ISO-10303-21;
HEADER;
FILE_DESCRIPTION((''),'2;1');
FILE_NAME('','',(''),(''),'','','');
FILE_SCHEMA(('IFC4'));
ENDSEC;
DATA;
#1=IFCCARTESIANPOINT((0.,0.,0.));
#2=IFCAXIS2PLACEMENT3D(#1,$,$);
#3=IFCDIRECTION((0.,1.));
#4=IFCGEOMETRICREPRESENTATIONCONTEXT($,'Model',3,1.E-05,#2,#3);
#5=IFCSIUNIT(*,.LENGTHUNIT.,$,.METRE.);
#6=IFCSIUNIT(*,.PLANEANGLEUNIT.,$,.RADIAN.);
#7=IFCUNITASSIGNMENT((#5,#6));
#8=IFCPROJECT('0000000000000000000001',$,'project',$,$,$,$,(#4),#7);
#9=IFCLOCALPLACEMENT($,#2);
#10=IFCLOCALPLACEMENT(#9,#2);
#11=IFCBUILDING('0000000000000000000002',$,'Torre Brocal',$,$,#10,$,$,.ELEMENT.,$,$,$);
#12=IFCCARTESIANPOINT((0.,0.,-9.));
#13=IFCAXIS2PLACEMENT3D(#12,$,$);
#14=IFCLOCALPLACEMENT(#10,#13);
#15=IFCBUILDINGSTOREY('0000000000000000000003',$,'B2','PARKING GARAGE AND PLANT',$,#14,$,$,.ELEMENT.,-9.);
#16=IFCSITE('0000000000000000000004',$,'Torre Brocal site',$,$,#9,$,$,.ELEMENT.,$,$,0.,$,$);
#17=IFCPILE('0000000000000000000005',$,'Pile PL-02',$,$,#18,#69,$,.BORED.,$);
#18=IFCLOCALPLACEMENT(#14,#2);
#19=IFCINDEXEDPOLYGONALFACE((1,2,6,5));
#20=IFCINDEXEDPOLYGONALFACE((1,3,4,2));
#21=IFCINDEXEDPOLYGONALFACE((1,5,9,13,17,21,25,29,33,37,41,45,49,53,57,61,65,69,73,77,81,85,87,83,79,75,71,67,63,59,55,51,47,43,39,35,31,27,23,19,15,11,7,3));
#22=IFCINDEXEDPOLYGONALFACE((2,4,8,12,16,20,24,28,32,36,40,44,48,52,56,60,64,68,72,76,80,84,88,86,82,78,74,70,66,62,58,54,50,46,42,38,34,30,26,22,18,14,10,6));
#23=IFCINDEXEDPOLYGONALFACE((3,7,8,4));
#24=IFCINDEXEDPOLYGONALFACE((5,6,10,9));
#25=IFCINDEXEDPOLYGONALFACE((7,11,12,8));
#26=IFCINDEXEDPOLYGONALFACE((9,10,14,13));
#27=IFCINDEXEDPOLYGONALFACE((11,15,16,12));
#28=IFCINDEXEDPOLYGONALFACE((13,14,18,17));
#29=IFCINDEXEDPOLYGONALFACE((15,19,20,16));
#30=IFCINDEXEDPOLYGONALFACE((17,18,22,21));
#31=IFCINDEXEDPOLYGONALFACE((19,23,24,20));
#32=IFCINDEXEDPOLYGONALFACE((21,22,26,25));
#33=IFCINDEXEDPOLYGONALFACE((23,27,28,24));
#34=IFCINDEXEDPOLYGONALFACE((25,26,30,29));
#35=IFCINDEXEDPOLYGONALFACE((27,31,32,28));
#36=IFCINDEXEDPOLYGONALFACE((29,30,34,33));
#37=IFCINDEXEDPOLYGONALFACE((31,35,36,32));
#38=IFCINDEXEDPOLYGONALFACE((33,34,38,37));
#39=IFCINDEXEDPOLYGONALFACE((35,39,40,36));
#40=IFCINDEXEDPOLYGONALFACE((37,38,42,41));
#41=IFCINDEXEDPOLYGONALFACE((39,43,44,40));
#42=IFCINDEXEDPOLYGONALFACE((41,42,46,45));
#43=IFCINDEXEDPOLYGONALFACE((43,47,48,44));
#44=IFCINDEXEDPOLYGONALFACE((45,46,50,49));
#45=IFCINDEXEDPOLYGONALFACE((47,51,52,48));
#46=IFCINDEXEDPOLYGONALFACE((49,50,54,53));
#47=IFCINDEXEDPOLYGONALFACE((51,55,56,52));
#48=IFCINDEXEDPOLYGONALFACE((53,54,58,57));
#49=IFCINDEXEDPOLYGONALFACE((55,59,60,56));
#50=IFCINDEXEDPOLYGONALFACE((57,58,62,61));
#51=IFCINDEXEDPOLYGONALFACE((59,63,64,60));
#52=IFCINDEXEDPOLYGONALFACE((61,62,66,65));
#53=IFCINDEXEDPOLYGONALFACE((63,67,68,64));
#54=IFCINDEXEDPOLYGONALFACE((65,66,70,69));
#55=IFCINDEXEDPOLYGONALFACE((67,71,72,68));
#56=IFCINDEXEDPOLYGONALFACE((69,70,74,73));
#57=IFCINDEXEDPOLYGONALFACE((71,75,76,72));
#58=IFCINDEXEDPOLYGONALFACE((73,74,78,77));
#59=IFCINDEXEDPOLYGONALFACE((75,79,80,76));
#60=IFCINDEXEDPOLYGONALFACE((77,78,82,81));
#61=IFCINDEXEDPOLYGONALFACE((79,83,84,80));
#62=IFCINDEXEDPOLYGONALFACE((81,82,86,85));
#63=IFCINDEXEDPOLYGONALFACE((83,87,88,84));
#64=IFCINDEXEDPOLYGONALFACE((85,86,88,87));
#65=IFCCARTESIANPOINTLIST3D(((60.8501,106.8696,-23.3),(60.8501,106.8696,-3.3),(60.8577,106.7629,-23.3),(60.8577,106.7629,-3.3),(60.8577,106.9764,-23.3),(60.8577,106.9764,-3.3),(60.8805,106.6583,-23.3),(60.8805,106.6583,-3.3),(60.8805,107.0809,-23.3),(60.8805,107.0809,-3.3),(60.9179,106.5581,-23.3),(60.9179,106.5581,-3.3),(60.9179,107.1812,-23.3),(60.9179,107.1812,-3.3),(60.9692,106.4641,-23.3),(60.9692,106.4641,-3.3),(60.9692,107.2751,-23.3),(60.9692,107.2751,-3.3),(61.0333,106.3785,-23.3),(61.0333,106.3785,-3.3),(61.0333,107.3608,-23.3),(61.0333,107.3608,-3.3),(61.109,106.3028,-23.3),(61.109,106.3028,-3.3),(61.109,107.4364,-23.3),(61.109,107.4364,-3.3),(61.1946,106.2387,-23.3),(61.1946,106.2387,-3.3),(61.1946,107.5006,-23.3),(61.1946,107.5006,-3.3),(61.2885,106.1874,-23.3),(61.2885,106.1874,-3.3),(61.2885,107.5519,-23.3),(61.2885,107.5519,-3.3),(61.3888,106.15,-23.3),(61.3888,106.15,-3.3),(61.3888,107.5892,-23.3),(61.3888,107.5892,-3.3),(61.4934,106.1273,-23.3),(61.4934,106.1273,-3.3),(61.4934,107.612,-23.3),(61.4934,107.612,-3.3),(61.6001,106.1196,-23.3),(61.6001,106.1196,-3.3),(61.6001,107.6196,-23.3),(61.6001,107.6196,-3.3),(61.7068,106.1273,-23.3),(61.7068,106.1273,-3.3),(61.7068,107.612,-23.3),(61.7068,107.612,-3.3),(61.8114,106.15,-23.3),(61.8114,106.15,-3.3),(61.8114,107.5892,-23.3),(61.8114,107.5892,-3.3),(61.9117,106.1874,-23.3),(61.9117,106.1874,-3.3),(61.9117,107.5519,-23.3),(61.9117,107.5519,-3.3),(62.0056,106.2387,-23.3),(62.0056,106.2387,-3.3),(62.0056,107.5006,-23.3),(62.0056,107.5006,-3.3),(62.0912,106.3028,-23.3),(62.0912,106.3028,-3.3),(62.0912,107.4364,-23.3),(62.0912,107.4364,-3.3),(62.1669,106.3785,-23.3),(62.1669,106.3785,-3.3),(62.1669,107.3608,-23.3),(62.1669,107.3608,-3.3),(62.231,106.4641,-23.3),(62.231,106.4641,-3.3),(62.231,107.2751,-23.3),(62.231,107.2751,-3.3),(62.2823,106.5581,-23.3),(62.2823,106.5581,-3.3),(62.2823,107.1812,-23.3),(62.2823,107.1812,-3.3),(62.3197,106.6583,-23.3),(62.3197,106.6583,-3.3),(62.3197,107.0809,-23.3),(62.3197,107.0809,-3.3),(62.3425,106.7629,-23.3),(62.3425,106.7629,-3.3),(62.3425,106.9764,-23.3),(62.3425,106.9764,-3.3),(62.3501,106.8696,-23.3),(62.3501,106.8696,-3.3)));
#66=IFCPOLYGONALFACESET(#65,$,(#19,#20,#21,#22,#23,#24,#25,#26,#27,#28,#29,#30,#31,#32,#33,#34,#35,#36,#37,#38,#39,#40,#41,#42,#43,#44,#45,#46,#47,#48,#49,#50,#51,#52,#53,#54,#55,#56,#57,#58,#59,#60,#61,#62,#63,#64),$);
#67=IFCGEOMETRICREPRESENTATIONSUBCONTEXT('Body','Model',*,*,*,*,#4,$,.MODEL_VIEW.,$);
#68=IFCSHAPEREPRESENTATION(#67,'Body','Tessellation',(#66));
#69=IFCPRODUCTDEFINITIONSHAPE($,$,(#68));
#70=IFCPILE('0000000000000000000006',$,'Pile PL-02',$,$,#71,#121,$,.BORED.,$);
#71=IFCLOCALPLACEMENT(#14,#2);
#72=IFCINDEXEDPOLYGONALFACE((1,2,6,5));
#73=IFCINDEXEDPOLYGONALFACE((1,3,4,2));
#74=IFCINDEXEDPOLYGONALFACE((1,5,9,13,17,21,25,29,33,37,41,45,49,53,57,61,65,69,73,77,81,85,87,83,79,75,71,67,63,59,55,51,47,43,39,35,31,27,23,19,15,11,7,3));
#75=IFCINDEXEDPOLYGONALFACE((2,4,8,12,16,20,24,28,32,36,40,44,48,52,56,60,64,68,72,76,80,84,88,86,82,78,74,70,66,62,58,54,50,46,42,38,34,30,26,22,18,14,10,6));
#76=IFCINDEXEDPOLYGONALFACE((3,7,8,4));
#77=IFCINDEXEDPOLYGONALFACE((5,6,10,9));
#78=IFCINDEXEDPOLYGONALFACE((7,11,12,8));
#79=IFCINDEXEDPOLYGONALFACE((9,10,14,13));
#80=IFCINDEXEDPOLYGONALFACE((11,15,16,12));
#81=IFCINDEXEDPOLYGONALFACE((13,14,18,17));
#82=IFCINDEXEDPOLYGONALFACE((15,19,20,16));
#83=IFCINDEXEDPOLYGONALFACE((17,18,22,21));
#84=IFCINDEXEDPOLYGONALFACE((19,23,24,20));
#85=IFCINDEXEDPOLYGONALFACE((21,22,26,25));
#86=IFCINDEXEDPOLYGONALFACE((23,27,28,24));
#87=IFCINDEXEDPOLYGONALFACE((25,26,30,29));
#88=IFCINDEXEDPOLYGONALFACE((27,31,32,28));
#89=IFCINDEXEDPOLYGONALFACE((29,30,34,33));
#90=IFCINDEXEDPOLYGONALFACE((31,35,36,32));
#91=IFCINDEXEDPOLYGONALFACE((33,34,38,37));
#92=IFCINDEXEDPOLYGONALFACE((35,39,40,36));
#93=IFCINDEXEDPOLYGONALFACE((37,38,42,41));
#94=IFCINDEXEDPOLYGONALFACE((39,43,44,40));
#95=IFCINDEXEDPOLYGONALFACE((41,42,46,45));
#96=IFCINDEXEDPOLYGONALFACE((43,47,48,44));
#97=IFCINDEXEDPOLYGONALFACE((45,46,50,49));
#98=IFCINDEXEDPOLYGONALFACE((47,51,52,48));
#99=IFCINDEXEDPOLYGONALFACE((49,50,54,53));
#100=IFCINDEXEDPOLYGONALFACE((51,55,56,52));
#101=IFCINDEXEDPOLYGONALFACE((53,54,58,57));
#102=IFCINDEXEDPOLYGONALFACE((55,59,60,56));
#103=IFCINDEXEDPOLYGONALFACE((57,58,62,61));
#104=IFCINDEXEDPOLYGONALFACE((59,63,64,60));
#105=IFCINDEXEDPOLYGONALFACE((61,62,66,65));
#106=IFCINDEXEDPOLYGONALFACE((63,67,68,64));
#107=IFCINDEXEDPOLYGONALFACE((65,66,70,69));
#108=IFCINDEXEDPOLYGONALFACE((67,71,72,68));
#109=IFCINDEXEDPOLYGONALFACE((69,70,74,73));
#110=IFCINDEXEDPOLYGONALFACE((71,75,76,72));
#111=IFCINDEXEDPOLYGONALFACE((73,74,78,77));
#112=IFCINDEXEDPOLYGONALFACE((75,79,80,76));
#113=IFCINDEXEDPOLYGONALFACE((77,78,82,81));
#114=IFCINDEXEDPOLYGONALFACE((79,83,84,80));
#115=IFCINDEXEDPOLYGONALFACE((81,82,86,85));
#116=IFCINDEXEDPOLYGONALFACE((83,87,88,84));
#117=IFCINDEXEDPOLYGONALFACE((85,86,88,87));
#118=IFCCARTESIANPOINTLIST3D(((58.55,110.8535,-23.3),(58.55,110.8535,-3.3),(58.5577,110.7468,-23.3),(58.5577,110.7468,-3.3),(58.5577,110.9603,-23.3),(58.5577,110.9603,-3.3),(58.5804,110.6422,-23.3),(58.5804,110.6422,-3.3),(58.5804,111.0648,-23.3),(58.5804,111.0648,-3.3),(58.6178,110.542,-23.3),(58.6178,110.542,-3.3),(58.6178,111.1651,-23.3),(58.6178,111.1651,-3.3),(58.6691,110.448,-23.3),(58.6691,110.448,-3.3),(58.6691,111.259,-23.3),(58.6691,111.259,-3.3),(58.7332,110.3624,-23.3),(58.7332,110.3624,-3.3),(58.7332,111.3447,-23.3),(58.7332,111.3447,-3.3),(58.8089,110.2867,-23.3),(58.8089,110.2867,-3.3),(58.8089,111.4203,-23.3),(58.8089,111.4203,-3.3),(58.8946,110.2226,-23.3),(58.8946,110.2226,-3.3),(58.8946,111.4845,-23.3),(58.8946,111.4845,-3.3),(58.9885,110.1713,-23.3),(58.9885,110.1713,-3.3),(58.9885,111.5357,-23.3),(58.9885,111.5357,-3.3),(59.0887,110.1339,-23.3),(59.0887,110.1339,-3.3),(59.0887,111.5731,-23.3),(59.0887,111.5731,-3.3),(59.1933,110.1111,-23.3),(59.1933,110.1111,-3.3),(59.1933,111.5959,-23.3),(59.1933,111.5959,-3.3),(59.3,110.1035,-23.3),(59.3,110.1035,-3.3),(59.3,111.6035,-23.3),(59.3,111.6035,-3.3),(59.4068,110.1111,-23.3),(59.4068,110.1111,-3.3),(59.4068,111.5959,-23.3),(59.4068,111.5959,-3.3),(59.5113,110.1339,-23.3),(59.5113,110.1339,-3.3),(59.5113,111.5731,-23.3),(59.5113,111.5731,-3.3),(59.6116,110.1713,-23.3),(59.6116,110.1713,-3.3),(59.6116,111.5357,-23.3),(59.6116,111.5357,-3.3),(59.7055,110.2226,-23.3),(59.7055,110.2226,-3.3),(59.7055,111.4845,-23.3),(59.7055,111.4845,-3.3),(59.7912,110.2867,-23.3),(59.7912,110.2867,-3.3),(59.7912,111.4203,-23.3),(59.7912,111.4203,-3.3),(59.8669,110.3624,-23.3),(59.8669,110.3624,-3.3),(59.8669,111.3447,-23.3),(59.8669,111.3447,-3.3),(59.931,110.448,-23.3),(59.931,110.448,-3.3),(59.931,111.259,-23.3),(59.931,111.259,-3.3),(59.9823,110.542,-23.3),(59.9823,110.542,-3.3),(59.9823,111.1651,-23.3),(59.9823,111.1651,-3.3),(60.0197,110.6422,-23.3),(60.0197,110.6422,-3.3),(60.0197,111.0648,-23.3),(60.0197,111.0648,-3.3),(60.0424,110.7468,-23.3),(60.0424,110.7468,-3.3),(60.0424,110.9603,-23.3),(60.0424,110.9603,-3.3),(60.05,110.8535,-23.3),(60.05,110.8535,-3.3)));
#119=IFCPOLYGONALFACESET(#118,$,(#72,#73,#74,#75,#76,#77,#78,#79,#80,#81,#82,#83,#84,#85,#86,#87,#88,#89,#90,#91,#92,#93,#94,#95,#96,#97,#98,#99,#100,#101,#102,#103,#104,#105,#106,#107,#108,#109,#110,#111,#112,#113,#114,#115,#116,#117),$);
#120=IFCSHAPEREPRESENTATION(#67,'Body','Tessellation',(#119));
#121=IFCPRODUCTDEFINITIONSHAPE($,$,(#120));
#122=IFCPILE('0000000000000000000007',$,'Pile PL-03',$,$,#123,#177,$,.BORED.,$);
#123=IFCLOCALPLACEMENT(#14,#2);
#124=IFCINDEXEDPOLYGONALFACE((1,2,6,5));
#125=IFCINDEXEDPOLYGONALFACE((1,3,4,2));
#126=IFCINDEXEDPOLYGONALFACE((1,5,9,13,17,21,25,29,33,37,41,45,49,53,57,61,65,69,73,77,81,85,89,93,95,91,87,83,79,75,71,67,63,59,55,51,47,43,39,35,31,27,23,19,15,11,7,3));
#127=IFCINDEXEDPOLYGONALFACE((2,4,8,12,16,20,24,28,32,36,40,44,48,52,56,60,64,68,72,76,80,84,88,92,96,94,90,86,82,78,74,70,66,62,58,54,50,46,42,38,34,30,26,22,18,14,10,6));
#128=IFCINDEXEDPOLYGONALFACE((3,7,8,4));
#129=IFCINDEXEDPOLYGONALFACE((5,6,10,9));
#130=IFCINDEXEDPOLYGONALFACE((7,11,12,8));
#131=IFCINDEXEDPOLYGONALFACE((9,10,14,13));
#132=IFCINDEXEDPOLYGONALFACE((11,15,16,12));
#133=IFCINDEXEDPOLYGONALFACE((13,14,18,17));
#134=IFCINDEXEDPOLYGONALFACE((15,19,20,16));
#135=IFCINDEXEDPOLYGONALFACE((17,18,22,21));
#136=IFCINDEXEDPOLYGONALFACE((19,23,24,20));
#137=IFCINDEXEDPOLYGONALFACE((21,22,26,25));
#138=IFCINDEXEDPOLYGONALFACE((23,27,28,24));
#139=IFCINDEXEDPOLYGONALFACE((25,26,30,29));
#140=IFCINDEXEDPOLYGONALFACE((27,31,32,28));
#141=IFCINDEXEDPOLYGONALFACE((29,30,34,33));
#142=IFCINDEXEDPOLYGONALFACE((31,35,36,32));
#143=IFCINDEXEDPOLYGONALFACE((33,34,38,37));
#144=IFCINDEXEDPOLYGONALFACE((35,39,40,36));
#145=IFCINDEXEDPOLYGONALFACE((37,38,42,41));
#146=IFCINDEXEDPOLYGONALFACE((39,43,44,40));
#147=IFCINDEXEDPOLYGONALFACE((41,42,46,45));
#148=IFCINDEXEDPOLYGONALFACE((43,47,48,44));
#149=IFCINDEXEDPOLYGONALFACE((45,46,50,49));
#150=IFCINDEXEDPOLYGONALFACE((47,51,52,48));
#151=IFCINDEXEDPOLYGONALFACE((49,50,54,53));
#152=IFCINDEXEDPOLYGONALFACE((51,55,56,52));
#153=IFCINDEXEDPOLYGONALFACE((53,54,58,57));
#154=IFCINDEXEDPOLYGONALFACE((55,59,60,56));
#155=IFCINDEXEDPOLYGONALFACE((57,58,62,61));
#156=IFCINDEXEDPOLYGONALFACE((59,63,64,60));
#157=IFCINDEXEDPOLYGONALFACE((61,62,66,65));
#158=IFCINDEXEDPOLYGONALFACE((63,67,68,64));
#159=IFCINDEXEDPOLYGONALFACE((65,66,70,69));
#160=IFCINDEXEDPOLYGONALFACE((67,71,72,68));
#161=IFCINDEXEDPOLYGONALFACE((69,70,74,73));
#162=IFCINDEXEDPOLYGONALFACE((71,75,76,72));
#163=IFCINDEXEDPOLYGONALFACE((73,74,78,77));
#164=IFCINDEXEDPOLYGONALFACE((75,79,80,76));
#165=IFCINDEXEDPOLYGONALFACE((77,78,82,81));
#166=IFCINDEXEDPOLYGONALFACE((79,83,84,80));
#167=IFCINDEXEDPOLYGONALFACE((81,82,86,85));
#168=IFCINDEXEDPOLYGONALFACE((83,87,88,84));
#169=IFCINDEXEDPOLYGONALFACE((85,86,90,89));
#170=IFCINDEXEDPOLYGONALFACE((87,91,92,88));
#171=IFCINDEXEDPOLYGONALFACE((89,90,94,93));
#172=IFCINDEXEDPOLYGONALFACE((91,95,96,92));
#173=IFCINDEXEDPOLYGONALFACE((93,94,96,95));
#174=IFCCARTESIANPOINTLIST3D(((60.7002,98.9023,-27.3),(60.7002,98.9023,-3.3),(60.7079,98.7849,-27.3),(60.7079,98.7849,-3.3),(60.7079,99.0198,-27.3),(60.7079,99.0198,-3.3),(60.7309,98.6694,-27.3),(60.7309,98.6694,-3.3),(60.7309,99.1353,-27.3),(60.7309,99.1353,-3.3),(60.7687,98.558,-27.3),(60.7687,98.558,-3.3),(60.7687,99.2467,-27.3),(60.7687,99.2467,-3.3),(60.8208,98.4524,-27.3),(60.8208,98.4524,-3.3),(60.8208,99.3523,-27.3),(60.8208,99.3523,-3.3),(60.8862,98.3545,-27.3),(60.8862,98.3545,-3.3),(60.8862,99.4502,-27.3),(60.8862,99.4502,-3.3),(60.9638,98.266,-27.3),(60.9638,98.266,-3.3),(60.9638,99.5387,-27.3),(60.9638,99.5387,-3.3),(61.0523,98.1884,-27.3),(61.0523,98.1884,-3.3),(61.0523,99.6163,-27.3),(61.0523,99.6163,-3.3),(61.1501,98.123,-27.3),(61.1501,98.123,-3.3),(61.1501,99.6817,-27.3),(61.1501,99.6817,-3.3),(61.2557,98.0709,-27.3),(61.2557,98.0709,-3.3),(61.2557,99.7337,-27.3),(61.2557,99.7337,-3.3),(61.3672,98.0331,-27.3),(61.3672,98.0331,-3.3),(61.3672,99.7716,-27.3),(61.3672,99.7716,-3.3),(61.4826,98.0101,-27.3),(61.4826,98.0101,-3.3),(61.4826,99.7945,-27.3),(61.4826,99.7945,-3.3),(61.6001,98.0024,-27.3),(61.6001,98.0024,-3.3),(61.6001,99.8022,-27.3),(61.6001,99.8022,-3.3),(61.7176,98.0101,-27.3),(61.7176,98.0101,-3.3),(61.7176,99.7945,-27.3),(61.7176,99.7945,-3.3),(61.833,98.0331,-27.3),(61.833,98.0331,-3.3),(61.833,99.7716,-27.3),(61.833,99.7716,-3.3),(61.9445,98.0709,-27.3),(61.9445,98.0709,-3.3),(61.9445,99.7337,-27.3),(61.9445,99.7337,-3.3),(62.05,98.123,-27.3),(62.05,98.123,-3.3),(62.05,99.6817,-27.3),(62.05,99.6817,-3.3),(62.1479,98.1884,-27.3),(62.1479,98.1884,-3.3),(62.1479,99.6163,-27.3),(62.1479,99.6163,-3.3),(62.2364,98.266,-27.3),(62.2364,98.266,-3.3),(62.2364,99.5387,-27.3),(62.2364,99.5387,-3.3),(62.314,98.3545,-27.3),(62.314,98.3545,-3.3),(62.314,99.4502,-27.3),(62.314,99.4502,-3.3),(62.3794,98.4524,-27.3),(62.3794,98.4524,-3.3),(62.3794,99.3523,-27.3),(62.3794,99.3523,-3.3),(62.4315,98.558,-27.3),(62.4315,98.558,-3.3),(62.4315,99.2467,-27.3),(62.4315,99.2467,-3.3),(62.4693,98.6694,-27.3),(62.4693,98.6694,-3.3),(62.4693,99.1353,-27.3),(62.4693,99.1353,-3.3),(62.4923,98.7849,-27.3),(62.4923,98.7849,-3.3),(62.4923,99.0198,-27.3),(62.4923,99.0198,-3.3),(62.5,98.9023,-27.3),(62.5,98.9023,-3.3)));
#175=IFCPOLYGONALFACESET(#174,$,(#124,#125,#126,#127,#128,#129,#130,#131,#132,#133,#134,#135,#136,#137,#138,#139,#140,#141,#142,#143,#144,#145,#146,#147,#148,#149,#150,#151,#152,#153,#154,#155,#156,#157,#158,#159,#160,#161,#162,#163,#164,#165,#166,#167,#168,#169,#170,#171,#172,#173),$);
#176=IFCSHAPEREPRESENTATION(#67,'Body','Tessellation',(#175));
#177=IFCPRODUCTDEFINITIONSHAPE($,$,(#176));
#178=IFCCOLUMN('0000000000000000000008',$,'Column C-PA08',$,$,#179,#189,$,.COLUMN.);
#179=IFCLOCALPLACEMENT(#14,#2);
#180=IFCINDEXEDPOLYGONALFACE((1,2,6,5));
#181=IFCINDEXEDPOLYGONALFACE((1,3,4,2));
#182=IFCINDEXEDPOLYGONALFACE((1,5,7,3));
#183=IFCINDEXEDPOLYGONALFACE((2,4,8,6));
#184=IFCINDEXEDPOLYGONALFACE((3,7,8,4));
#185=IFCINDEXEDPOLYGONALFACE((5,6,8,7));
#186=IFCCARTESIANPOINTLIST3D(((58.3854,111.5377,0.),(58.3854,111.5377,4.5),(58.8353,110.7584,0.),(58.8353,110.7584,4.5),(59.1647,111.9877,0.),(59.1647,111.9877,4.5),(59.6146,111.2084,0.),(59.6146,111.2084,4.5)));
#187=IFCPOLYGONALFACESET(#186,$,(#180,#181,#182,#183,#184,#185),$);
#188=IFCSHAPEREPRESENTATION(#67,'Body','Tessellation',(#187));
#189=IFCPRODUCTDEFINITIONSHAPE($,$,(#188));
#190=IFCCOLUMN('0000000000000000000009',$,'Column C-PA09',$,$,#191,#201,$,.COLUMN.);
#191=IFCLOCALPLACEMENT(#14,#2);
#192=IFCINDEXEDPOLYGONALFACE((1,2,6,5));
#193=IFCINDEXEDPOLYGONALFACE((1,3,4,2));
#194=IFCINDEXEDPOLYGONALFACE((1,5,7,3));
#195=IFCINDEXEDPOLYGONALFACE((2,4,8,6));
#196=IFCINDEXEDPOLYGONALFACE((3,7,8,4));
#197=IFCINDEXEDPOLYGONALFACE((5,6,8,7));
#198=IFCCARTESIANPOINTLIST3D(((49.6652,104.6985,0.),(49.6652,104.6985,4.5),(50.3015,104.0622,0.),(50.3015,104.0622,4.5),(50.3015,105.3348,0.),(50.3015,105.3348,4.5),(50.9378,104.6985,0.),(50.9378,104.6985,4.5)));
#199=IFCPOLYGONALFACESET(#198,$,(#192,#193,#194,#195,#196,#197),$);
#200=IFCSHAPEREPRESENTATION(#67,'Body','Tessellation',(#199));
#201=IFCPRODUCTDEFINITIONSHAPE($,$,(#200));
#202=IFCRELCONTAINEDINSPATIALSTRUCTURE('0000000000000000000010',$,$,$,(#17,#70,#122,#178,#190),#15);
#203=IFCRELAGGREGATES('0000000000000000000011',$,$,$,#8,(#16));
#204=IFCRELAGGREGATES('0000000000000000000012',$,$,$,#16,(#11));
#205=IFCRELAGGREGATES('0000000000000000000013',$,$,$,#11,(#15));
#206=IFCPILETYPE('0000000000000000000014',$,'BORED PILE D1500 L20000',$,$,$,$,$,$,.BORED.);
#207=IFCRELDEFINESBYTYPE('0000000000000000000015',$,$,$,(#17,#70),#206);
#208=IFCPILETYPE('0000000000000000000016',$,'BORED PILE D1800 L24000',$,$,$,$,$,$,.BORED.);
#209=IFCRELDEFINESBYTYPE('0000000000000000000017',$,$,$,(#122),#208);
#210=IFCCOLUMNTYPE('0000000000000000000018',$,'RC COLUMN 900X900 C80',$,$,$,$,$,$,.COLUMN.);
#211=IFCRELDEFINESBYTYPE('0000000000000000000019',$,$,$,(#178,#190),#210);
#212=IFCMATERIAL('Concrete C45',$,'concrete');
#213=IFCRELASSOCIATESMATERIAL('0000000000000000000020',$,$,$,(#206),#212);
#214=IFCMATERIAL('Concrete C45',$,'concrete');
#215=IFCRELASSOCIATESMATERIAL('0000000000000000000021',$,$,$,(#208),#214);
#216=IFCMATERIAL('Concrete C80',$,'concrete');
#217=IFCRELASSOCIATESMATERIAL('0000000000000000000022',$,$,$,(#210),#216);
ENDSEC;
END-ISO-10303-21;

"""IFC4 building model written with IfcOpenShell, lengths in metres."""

from ifc_helpers import new_model, si_unit, direction, frame, origin, origin_2d, place, context, subcontext, project, spatial, rectangle, circle, extrude, material, material_profile, profile_set, type_object, element, save


model = new_model("IFC4")

# Units and contexts
model_context = context("Model", 3, precision=1e-05, world=origin(), true_north=direction((0.0, 1.0)))
body_context = subcontext(model_context, "Body", "Model", "MODEL_VIEW")
ifc_project = project(units=[si_unit("LENGTHUNIT", "METRE"), si_unit("PLANEANGLEUNIT", "RADIAN")], contexts=[model_context])

# Site, building, storey
site_placement = place(None, origin())
site = spatial("IfcSite", under=ifc_project, at=site_placement, Name="Torre Brocal site", CompositionType="ELEMENT", RefElevation=0.0)
building_placement = place(site_placement, origin())
building = spatial("IfcBuilding", under=site, at=building_placement, Name="Torre Brocal", CompositionType="ELEMENT")
storey_placement = place(building_placement, frame((0.0, 0.0, -9.0)))
storey = spatial("IfcBuildingStorey", under=building, at=storey_placement, Name="B2", Description="PARKING GARAGE AND PLANT", CompositionType="ELEMENT", Elevation=-9.0)

# Piles
ifc_material_1 = material(Name="Concrete C45", Category="concrete")
ifc_material_profile_1 = material_profile(ifc_material_1, circle(Radius=0.75, at=origin_2d()), Name="BORED PILE D1500")
ifc_profile_set_1 = profile_set([ifc_material_profile_1], Name="Concrete C45")
pile_type_1 = type_object("IfcPileType", Name="BORED PILE D1500 L20000", PredefinedType="BORED", material=ifc_profile_set_1)
for number, where, z_axis, x_axis, name in (
    (1, (61.6001, 106.8696, -3.3), (0.0, 0.0, -1.0), (1.0, 0.0, 0.0), "Pile PL-02"),
    (2, (59.3, 110.8535, -3.3), (0.0, 0.0, -1.0), (1.0, 0.0, 0.0), "Pile PL-02"),
):
    element("IfcPile", number, at=place(storey_placement, frame(where, z_axis=z_axis, x_axis=x_axis)), inside=storey, type_object=pile_type_1, Name=name, PredefinedType="BORED", context=body_context, shape_type="SweptSolid", body=[
        extrude(circle(Radius=0.75, at=origin_2d()), origin(), (0.0, 0.0, 1.0), 20.0),
    ])
ifc_material_2 = material(Name="Concrete C45", Category="concrete")
ifc_material_profile_2 = material_profile(ifc_material_2, circle(Radius=0.8999, at=origin_2d()), Name="BORED PILE D1800")
ifc_profile_set_2 = profile_set([ifc_material_profile_2], Name="Concrete C45")
pile_type_2 = type_object("IfcPileType", Name="BORED PILE D1800 L24000", PredefinedType="BORED", material=ifc_profile_set_2)
pile_placement = place(storey_placement, frame((61.6001, 98.9023, -3.3), z_axis=(0.0, 0.0, -1.0), x_axis=(1.0, 0.0, 0.0)))
element("IfcPile", 3, at=pile_placement, inside=storey, type_object=pile_type_2, Name="Pile PL-03", PredefinedType="BORED", context=body_context, shape_type="SweptSolid", body=[
    extrude(circle(Radius=0.8999, at=origin_2d()), origin(), (0.0, 0.0, 1.0), 24.0),
])

# Columns
ifc_material_3 = material(Name="Concrete C80", Category="concrete")
ifc_material_profile_3 = material_profile(ifc_material_3, rectangle(XDim=0.8999, YDim=0.8999, at=origin_2d()), Name="RC 900X900")
ifc_profile_set_3 = profile_set([ifc_material_profile_3], Name="Concrete C80")
column_type = type_object("IfcColumnType", Name="RC COLUMN 900X900 C80", PredefinedType="COLUMN", material=ifc_profile_set_3)
for number, where, z_axis, x_axis, name in (
    (4, (59.0, 111.373, 0.0), (0.0, 0.0, 1.0), (-0.5, 0.866025, 0.0), "Column C-PA08"),
    (5, (50.3015, 104.6985, 0.0), (0.0, 0.0, 1.0), (-0.707107, 0.707107, 0.0), "Column C-PA09"),
):
    element("IfcColumn", number, at=place(storey_placement, frame(where, z_axis=z_axis, x_axis=x_axis)), inside=storey, type_object=column_type, Name=name, PredefinedType="COLUMN", context=body_context, shape_type="SweptSolid", body=[
        extrude(rectangle(XDim=0.8999, YDim=0.8999, at=origin_2d()), origin(), (0.0, 0.0, 1.0), 4.5),
    ])

save(model, "model.ifc")
